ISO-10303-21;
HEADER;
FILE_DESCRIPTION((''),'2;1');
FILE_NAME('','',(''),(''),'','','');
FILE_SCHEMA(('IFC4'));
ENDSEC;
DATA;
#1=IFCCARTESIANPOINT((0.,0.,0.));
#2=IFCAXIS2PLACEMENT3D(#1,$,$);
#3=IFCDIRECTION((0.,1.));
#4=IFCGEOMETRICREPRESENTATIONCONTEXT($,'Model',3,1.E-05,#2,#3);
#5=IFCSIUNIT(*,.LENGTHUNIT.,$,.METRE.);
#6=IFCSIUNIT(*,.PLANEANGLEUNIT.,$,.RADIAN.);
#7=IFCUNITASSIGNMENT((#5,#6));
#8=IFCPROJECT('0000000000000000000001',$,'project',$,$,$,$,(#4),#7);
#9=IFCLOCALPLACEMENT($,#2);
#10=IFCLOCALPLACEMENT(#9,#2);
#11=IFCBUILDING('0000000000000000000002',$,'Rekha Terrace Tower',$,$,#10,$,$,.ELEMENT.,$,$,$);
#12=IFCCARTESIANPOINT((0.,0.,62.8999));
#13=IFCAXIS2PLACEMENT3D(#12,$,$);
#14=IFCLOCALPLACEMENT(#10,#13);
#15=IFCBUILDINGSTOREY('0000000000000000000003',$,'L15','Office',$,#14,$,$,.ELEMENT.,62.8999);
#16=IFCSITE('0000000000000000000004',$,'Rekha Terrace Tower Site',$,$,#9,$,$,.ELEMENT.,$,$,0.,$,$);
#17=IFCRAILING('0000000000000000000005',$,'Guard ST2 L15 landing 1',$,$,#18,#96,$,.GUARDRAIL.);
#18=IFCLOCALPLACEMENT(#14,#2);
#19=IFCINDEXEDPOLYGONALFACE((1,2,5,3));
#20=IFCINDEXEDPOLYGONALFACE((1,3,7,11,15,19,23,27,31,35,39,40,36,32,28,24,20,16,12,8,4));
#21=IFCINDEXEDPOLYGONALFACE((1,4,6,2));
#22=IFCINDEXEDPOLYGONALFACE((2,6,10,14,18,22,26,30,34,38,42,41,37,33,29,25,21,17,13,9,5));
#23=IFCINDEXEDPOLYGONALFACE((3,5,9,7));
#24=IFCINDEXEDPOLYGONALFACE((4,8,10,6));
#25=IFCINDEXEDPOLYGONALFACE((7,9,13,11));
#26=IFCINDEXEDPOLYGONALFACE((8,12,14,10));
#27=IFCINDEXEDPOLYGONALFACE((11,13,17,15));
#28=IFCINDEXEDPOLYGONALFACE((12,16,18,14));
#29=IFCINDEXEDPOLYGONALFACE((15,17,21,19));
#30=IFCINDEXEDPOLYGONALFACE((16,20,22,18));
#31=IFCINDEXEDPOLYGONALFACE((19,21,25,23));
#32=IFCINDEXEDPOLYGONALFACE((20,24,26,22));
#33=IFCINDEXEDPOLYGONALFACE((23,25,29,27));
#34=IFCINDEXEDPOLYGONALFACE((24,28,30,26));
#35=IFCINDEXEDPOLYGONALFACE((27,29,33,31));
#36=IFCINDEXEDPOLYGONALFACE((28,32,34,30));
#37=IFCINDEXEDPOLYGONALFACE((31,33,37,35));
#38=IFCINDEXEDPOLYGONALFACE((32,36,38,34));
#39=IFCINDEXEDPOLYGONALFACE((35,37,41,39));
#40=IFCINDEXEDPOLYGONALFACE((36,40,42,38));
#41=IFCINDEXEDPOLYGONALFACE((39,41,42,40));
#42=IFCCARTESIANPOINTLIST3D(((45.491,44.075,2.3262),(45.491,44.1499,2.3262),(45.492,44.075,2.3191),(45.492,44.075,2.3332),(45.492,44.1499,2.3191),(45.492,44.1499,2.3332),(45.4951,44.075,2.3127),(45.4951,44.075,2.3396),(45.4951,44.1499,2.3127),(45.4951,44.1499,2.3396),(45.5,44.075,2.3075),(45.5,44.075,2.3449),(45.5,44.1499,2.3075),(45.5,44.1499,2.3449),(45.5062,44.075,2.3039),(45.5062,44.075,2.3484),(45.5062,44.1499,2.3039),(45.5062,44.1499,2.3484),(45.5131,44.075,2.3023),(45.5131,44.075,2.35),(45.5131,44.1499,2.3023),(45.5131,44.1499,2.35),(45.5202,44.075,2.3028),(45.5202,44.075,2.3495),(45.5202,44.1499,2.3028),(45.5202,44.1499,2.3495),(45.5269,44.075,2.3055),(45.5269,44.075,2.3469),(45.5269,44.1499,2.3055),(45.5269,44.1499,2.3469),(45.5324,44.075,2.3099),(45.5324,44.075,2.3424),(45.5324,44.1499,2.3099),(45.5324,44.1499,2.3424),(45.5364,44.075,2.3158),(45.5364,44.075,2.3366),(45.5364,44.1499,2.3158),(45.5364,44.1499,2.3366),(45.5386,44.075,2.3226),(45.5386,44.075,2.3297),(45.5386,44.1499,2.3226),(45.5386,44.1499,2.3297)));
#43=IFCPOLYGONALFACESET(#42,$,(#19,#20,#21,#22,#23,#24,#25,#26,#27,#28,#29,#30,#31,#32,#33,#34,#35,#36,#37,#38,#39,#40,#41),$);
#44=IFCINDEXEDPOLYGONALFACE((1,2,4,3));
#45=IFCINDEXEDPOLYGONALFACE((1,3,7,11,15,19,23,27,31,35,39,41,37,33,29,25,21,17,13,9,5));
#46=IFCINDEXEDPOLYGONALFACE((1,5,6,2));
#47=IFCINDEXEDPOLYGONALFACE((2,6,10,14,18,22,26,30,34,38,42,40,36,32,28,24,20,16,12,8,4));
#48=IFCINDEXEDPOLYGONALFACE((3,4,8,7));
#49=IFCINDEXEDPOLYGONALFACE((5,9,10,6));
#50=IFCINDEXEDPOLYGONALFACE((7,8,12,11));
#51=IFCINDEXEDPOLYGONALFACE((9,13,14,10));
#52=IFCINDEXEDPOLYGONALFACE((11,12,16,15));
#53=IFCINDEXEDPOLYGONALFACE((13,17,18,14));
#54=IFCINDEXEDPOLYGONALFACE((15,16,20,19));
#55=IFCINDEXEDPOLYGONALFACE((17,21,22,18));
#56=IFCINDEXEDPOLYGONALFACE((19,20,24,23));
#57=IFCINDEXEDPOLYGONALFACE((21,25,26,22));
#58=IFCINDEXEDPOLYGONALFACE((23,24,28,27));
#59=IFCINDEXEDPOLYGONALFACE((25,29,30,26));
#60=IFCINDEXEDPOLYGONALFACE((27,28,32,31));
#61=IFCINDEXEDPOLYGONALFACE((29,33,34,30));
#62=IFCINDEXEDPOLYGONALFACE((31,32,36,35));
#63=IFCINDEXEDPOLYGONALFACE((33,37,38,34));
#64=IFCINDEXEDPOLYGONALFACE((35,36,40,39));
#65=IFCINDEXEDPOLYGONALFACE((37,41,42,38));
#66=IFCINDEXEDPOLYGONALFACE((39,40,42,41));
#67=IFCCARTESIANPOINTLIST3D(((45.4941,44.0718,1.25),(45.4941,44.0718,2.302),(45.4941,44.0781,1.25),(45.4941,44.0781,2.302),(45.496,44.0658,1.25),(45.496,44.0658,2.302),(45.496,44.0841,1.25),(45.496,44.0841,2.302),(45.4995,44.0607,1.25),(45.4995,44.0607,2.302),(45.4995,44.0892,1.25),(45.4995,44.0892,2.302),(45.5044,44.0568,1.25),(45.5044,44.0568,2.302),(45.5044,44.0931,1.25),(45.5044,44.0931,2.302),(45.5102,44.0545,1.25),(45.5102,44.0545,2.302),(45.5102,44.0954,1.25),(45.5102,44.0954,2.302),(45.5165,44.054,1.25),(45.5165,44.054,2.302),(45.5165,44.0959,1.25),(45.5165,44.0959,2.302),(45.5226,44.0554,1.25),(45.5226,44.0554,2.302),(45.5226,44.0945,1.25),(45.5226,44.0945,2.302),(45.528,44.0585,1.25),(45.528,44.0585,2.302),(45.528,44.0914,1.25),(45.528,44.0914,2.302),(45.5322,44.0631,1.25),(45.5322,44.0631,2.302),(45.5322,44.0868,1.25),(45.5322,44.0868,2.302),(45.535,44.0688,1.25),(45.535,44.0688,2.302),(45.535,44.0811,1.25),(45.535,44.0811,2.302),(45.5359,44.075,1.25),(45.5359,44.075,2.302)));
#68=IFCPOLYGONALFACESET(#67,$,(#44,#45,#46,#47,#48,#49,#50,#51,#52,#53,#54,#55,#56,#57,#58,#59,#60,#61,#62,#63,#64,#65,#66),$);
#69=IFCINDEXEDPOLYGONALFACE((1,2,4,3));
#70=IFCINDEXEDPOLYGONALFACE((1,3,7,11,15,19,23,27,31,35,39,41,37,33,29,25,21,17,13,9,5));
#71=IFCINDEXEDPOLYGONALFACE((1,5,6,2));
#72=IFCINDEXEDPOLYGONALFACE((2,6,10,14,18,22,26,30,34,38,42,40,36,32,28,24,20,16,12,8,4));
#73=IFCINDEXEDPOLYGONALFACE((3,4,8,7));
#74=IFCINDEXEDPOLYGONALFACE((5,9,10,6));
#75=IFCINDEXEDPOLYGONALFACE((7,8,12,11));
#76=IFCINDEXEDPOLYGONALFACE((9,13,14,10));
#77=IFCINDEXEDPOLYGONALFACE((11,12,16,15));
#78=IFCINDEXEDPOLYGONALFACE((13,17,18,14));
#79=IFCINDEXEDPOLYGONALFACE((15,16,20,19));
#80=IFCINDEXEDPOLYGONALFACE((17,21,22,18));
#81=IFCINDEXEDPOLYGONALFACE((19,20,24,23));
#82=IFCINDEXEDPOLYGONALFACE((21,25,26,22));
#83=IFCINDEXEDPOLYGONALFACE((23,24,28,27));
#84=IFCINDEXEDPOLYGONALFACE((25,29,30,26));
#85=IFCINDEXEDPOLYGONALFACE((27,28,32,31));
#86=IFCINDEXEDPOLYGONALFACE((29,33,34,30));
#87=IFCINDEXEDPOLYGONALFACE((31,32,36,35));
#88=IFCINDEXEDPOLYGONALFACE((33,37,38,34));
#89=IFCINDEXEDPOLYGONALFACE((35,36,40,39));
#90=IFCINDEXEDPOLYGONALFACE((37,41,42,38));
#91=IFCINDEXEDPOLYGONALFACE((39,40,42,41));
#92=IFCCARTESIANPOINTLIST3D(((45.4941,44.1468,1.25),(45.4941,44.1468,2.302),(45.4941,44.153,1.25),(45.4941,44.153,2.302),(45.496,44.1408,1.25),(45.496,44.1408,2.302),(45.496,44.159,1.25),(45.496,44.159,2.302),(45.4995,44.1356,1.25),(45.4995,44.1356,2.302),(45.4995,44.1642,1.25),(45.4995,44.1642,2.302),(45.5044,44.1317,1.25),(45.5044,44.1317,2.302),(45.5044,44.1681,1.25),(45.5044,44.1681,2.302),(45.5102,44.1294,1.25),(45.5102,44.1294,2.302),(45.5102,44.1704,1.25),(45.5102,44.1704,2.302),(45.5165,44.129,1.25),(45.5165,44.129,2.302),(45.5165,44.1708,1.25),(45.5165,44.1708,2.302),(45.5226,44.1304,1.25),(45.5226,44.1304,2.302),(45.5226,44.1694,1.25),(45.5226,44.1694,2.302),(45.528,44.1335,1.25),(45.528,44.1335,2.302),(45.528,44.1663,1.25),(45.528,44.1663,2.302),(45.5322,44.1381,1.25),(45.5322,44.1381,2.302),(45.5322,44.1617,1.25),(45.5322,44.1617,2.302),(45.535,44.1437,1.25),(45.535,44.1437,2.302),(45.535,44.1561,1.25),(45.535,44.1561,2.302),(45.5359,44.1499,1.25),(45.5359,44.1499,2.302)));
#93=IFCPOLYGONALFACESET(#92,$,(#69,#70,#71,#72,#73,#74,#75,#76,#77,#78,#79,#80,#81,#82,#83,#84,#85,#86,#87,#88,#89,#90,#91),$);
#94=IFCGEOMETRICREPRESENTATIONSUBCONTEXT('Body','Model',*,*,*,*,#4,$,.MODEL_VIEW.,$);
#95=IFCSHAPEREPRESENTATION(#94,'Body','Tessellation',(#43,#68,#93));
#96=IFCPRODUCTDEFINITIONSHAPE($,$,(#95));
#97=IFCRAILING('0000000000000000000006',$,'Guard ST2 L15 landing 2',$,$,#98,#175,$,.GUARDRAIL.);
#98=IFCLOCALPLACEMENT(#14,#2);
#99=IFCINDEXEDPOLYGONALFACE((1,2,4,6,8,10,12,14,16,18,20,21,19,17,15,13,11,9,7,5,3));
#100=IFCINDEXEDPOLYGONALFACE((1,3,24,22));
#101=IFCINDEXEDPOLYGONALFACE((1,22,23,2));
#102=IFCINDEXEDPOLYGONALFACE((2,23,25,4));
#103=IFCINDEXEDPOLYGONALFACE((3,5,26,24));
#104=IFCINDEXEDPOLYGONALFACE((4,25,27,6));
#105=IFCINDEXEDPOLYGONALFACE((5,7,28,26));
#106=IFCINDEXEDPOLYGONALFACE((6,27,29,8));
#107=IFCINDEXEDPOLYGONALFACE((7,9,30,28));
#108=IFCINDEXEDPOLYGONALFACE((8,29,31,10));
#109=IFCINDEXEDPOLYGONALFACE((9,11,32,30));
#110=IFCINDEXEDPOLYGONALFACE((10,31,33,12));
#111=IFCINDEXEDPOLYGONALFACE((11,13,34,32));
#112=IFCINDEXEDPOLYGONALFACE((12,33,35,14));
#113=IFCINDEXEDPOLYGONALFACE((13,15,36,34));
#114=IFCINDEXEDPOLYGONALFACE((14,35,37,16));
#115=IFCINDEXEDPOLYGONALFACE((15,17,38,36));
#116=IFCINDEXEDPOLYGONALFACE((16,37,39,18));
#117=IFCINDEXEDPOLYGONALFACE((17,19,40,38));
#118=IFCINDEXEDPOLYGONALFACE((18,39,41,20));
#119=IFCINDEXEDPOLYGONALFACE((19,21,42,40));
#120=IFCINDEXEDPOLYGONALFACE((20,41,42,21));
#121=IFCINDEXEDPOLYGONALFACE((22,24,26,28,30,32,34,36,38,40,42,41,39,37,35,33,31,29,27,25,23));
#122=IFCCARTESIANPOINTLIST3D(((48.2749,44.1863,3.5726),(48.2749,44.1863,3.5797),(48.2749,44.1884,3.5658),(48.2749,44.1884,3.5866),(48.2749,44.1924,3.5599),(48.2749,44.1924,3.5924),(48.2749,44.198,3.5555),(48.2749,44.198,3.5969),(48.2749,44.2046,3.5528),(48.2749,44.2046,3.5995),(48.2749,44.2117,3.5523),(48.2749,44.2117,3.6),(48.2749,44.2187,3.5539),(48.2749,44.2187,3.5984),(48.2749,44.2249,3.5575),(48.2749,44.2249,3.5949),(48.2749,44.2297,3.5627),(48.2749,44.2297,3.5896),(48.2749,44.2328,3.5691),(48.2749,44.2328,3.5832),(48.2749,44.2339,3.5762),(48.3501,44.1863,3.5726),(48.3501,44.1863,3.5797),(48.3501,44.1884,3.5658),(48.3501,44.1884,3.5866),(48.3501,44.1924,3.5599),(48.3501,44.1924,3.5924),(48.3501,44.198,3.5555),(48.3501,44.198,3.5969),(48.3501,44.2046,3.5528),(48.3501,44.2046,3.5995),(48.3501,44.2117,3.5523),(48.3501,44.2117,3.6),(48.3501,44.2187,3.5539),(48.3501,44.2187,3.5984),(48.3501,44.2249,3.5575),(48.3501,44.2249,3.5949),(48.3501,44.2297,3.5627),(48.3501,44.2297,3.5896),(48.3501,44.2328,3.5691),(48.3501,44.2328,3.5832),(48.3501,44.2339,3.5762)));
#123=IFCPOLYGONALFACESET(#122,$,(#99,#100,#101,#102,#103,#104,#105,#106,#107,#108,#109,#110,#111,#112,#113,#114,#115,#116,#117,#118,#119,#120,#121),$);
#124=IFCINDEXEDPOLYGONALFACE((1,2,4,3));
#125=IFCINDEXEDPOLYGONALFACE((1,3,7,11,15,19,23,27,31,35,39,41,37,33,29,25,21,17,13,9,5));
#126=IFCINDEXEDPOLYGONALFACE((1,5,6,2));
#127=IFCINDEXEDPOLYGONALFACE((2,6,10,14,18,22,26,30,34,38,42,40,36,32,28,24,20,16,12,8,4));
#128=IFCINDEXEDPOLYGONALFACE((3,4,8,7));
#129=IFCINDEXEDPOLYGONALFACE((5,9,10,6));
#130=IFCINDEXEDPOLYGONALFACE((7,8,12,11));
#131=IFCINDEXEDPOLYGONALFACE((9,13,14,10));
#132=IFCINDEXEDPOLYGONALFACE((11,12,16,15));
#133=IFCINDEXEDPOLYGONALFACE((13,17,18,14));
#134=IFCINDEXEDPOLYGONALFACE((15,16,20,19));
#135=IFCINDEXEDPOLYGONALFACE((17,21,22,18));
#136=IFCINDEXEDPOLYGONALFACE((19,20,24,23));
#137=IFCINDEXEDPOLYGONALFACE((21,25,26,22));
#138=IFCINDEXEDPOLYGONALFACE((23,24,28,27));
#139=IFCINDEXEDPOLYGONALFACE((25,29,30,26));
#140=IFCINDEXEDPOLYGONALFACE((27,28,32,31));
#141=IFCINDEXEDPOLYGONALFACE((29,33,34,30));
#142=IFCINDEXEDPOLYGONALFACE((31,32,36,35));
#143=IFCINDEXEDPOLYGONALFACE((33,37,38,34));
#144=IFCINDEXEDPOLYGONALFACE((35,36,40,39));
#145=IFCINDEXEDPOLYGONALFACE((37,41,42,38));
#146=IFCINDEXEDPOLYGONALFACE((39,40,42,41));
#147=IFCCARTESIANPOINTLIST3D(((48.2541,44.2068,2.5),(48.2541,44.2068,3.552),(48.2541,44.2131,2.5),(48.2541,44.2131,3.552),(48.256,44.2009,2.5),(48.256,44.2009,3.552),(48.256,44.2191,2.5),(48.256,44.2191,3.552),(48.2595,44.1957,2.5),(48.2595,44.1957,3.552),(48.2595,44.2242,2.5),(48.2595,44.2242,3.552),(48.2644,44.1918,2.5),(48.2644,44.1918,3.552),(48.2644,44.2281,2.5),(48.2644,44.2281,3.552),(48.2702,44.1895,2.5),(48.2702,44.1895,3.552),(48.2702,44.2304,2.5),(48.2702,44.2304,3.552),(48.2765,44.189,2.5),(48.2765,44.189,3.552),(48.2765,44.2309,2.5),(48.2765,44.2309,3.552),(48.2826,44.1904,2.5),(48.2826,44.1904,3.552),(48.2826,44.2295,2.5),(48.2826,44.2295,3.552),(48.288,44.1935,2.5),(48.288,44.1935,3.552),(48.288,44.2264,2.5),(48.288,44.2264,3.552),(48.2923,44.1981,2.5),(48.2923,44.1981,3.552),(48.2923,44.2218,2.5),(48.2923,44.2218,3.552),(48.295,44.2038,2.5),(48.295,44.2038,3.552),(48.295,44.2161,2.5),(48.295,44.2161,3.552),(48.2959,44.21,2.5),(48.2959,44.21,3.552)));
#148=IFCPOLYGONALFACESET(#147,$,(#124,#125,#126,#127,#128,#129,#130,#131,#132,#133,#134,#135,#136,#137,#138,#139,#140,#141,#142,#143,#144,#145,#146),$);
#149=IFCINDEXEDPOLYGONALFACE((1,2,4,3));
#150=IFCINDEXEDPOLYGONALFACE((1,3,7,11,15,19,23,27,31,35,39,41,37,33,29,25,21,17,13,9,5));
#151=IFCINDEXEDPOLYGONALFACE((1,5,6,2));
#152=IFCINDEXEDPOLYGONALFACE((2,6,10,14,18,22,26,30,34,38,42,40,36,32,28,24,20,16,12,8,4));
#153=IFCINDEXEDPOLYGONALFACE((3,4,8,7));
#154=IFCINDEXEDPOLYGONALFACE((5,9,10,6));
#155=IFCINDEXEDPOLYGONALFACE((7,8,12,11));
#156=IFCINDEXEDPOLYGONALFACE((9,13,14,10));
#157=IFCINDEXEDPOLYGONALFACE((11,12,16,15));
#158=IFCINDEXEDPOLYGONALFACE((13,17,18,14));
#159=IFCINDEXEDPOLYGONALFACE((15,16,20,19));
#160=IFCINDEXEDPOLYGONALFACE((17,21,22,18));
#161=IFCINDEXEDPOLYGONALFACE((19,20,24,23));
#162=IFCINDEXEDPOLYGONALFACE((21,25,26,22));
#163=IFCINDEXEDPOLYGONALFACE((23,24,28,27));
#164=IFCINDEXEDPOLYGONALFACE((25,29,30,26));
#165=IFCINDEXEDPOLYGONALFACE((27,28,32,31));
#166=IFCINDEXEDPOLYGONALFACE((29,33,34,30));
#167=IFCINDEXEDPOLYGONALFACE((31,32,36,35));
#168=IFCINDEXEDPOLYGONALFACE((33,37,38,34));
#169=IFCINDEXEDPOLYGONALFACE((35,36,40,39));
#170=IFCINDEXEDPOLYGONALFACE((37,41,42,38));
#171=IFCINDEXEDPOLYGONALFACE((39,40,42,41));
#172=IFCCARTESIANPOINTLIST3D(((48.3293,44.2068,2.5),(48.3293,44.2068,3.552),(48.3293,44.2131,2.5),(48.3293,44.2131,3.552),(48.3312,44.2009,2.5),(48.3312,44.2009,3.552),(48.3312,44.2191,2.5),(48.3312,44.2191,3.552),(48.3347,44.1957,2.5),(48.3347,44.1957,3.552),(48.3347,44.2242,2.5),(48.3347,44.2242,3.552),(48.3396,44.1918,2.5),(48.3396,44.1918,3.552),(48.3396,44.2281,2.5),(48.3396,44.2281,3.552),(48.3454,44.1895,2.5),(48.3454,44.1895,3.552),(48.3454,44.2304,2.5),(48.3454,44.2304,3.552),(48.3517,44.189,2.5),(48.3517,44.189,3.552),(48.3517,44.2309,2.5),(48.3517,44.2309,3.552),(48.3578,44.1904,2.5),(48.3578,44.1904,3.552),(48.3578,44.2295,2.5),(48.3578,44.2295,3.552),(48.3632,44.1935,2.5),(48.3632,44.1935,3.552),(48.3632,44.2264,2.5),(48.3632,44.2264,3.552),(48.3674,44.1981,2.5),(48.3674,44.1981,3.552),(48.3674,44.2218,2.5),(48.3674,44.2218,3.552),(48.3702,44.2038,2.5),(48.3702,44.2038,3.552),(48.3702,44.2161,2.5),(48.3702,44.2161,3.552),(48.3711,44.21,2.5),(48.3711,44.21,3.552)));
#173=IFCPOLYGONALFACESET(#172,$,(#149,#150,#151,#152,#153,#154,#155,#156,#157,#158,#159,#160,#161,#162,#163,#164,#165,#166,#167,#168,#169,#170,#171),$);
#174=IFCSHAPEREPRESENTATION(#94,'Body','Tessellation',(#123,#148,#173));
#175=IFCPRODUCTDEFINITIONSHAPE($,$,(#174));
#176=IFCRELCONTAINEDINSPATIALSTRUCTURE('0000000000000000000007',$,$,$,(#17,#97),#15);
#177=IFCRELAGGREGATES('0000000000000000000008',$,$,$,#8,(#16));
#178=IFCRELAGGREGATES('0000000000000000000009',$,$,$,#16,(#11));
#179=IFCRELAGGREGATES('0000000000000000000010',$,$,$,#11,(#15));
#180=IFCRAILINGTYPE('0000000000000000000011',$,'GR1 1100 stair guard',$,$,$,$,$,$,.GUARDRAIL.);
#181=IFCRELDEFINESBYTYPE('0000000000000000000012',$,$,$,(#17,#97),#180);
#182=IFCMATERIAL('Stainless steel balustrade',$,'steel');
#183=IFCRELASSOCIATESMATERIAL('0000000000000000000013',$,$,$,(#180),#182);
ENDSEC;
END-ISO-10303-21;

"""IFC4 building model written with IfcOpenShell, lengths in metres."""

from ifc_helpers import new_model, si_unit, direction, frame, origin, origin_2d, place, context, subcontext, project, spatial, circle, extrude, material, type_object, element, save


model = new_model("IFC4")

# Units and contexts
model_context = context("Model", 3, precision=1e-05, world=origin(), true_north=direction((0.0, 1.0)))
body_context = subcontext(model_context, "Body", "Model", "MODEL_VIEW")
ifc_project = project(units=[si_unit("LENGTHUNIT", "METRE"), si_unit("PLANEANGLEUNIT", "RADIAN")], contexts=[model_context])

# Site, building, storey
site_placement = place(None, origin())
site = spatial("IfcSite", under=ifc_project, at=site_placement, Name="Rekha Terrace Tower Site", CompositionType="ELEMENT", RefElevation=0.0)
building_placement = place(site_placement, origin())
building = spatial("IfcBuilding", under=site, at=building_placement, Name="Rekha Terrace Tower", CompositionType="ELEMENT")
storey_placement = place(building_placement, frame((0.0, 0.0, 62.8999)))
storey = spatial("IfcBuildingStorey", under=building, at=storey_placement, Name="L15", Description="Office", CompositionType="ELEMENT", Elevation=62.8999)

# Railings
ifc_material_1 = material(Name="Stainless steel balustrade", Category="steel")
railing_type_1 = type_object("IfcRailingType", Name="GR1 1100 stair guard", PredefinedType="GUARDRAIL", material=ifc_material_1)
railing_1_placement = place(storey_placement, frame((45.5149, 44.075, 1.25)))
element("IfcRailing", 1, at=railing_1_placement, inside=storey, type_object=railing_type_1, Name="Guard ST2 L15 landing 1", PredefinedType="GUARDRAIL", context=body_context, shape_type="SweptSolid", body=[
    extrude(circle(Radius=0.0239, at=origin_2d()), frame((0.0, 0.0, 1.0762), z_axis=(0.0, 1.0, 0.0), x_axis=(-1.0, 0.0, 0.0)), (0.0, 0.0, 1.0), 0.075),
    extrude(circle(Radius=0.021, at=origin_2d()), origin(), (0.0, 0.0, 1.0), 1.052),
    extrude(circle(Radius=0.021, at=origin_2d()), frame((0.0, 0.075, 0.0)), (0.0, 0.0, 1.0), 1.052),
])
railing_2_placement = place(storey_placement, frame((48.2749, 44.21, 2.5)))
element("IfcRailing", 2, at=railing_2_placement, inside=storey, type_object=railing_type_1, Name="Guard ST2 L15 landing 2", PredefinedType="GUARDRAIL", context=body_context, shape_type="SweptSolid", body=[
    extrude(circle(Radius=0.0239, at=origin_2d()), frame((0.0, 0.0, 1.0762), z_axis=(1.0, 0.0, 0.0), x_axis=(0.0, 1.0, 0.0)), (0.0, 0.0, 1.0), 0.0752),
    extrude(circle(Radius=0.021, at=origin_2d()), origin(), (0.0, 0.0, 1.0), 1.052),
    extrude(circle(Radius=0.021, at=origin_2d()), frame((0.0752, 0.0, 0.0)), (0.0, 0.0, 1.0), 1.052),
])

save(model, "model.ifc")
